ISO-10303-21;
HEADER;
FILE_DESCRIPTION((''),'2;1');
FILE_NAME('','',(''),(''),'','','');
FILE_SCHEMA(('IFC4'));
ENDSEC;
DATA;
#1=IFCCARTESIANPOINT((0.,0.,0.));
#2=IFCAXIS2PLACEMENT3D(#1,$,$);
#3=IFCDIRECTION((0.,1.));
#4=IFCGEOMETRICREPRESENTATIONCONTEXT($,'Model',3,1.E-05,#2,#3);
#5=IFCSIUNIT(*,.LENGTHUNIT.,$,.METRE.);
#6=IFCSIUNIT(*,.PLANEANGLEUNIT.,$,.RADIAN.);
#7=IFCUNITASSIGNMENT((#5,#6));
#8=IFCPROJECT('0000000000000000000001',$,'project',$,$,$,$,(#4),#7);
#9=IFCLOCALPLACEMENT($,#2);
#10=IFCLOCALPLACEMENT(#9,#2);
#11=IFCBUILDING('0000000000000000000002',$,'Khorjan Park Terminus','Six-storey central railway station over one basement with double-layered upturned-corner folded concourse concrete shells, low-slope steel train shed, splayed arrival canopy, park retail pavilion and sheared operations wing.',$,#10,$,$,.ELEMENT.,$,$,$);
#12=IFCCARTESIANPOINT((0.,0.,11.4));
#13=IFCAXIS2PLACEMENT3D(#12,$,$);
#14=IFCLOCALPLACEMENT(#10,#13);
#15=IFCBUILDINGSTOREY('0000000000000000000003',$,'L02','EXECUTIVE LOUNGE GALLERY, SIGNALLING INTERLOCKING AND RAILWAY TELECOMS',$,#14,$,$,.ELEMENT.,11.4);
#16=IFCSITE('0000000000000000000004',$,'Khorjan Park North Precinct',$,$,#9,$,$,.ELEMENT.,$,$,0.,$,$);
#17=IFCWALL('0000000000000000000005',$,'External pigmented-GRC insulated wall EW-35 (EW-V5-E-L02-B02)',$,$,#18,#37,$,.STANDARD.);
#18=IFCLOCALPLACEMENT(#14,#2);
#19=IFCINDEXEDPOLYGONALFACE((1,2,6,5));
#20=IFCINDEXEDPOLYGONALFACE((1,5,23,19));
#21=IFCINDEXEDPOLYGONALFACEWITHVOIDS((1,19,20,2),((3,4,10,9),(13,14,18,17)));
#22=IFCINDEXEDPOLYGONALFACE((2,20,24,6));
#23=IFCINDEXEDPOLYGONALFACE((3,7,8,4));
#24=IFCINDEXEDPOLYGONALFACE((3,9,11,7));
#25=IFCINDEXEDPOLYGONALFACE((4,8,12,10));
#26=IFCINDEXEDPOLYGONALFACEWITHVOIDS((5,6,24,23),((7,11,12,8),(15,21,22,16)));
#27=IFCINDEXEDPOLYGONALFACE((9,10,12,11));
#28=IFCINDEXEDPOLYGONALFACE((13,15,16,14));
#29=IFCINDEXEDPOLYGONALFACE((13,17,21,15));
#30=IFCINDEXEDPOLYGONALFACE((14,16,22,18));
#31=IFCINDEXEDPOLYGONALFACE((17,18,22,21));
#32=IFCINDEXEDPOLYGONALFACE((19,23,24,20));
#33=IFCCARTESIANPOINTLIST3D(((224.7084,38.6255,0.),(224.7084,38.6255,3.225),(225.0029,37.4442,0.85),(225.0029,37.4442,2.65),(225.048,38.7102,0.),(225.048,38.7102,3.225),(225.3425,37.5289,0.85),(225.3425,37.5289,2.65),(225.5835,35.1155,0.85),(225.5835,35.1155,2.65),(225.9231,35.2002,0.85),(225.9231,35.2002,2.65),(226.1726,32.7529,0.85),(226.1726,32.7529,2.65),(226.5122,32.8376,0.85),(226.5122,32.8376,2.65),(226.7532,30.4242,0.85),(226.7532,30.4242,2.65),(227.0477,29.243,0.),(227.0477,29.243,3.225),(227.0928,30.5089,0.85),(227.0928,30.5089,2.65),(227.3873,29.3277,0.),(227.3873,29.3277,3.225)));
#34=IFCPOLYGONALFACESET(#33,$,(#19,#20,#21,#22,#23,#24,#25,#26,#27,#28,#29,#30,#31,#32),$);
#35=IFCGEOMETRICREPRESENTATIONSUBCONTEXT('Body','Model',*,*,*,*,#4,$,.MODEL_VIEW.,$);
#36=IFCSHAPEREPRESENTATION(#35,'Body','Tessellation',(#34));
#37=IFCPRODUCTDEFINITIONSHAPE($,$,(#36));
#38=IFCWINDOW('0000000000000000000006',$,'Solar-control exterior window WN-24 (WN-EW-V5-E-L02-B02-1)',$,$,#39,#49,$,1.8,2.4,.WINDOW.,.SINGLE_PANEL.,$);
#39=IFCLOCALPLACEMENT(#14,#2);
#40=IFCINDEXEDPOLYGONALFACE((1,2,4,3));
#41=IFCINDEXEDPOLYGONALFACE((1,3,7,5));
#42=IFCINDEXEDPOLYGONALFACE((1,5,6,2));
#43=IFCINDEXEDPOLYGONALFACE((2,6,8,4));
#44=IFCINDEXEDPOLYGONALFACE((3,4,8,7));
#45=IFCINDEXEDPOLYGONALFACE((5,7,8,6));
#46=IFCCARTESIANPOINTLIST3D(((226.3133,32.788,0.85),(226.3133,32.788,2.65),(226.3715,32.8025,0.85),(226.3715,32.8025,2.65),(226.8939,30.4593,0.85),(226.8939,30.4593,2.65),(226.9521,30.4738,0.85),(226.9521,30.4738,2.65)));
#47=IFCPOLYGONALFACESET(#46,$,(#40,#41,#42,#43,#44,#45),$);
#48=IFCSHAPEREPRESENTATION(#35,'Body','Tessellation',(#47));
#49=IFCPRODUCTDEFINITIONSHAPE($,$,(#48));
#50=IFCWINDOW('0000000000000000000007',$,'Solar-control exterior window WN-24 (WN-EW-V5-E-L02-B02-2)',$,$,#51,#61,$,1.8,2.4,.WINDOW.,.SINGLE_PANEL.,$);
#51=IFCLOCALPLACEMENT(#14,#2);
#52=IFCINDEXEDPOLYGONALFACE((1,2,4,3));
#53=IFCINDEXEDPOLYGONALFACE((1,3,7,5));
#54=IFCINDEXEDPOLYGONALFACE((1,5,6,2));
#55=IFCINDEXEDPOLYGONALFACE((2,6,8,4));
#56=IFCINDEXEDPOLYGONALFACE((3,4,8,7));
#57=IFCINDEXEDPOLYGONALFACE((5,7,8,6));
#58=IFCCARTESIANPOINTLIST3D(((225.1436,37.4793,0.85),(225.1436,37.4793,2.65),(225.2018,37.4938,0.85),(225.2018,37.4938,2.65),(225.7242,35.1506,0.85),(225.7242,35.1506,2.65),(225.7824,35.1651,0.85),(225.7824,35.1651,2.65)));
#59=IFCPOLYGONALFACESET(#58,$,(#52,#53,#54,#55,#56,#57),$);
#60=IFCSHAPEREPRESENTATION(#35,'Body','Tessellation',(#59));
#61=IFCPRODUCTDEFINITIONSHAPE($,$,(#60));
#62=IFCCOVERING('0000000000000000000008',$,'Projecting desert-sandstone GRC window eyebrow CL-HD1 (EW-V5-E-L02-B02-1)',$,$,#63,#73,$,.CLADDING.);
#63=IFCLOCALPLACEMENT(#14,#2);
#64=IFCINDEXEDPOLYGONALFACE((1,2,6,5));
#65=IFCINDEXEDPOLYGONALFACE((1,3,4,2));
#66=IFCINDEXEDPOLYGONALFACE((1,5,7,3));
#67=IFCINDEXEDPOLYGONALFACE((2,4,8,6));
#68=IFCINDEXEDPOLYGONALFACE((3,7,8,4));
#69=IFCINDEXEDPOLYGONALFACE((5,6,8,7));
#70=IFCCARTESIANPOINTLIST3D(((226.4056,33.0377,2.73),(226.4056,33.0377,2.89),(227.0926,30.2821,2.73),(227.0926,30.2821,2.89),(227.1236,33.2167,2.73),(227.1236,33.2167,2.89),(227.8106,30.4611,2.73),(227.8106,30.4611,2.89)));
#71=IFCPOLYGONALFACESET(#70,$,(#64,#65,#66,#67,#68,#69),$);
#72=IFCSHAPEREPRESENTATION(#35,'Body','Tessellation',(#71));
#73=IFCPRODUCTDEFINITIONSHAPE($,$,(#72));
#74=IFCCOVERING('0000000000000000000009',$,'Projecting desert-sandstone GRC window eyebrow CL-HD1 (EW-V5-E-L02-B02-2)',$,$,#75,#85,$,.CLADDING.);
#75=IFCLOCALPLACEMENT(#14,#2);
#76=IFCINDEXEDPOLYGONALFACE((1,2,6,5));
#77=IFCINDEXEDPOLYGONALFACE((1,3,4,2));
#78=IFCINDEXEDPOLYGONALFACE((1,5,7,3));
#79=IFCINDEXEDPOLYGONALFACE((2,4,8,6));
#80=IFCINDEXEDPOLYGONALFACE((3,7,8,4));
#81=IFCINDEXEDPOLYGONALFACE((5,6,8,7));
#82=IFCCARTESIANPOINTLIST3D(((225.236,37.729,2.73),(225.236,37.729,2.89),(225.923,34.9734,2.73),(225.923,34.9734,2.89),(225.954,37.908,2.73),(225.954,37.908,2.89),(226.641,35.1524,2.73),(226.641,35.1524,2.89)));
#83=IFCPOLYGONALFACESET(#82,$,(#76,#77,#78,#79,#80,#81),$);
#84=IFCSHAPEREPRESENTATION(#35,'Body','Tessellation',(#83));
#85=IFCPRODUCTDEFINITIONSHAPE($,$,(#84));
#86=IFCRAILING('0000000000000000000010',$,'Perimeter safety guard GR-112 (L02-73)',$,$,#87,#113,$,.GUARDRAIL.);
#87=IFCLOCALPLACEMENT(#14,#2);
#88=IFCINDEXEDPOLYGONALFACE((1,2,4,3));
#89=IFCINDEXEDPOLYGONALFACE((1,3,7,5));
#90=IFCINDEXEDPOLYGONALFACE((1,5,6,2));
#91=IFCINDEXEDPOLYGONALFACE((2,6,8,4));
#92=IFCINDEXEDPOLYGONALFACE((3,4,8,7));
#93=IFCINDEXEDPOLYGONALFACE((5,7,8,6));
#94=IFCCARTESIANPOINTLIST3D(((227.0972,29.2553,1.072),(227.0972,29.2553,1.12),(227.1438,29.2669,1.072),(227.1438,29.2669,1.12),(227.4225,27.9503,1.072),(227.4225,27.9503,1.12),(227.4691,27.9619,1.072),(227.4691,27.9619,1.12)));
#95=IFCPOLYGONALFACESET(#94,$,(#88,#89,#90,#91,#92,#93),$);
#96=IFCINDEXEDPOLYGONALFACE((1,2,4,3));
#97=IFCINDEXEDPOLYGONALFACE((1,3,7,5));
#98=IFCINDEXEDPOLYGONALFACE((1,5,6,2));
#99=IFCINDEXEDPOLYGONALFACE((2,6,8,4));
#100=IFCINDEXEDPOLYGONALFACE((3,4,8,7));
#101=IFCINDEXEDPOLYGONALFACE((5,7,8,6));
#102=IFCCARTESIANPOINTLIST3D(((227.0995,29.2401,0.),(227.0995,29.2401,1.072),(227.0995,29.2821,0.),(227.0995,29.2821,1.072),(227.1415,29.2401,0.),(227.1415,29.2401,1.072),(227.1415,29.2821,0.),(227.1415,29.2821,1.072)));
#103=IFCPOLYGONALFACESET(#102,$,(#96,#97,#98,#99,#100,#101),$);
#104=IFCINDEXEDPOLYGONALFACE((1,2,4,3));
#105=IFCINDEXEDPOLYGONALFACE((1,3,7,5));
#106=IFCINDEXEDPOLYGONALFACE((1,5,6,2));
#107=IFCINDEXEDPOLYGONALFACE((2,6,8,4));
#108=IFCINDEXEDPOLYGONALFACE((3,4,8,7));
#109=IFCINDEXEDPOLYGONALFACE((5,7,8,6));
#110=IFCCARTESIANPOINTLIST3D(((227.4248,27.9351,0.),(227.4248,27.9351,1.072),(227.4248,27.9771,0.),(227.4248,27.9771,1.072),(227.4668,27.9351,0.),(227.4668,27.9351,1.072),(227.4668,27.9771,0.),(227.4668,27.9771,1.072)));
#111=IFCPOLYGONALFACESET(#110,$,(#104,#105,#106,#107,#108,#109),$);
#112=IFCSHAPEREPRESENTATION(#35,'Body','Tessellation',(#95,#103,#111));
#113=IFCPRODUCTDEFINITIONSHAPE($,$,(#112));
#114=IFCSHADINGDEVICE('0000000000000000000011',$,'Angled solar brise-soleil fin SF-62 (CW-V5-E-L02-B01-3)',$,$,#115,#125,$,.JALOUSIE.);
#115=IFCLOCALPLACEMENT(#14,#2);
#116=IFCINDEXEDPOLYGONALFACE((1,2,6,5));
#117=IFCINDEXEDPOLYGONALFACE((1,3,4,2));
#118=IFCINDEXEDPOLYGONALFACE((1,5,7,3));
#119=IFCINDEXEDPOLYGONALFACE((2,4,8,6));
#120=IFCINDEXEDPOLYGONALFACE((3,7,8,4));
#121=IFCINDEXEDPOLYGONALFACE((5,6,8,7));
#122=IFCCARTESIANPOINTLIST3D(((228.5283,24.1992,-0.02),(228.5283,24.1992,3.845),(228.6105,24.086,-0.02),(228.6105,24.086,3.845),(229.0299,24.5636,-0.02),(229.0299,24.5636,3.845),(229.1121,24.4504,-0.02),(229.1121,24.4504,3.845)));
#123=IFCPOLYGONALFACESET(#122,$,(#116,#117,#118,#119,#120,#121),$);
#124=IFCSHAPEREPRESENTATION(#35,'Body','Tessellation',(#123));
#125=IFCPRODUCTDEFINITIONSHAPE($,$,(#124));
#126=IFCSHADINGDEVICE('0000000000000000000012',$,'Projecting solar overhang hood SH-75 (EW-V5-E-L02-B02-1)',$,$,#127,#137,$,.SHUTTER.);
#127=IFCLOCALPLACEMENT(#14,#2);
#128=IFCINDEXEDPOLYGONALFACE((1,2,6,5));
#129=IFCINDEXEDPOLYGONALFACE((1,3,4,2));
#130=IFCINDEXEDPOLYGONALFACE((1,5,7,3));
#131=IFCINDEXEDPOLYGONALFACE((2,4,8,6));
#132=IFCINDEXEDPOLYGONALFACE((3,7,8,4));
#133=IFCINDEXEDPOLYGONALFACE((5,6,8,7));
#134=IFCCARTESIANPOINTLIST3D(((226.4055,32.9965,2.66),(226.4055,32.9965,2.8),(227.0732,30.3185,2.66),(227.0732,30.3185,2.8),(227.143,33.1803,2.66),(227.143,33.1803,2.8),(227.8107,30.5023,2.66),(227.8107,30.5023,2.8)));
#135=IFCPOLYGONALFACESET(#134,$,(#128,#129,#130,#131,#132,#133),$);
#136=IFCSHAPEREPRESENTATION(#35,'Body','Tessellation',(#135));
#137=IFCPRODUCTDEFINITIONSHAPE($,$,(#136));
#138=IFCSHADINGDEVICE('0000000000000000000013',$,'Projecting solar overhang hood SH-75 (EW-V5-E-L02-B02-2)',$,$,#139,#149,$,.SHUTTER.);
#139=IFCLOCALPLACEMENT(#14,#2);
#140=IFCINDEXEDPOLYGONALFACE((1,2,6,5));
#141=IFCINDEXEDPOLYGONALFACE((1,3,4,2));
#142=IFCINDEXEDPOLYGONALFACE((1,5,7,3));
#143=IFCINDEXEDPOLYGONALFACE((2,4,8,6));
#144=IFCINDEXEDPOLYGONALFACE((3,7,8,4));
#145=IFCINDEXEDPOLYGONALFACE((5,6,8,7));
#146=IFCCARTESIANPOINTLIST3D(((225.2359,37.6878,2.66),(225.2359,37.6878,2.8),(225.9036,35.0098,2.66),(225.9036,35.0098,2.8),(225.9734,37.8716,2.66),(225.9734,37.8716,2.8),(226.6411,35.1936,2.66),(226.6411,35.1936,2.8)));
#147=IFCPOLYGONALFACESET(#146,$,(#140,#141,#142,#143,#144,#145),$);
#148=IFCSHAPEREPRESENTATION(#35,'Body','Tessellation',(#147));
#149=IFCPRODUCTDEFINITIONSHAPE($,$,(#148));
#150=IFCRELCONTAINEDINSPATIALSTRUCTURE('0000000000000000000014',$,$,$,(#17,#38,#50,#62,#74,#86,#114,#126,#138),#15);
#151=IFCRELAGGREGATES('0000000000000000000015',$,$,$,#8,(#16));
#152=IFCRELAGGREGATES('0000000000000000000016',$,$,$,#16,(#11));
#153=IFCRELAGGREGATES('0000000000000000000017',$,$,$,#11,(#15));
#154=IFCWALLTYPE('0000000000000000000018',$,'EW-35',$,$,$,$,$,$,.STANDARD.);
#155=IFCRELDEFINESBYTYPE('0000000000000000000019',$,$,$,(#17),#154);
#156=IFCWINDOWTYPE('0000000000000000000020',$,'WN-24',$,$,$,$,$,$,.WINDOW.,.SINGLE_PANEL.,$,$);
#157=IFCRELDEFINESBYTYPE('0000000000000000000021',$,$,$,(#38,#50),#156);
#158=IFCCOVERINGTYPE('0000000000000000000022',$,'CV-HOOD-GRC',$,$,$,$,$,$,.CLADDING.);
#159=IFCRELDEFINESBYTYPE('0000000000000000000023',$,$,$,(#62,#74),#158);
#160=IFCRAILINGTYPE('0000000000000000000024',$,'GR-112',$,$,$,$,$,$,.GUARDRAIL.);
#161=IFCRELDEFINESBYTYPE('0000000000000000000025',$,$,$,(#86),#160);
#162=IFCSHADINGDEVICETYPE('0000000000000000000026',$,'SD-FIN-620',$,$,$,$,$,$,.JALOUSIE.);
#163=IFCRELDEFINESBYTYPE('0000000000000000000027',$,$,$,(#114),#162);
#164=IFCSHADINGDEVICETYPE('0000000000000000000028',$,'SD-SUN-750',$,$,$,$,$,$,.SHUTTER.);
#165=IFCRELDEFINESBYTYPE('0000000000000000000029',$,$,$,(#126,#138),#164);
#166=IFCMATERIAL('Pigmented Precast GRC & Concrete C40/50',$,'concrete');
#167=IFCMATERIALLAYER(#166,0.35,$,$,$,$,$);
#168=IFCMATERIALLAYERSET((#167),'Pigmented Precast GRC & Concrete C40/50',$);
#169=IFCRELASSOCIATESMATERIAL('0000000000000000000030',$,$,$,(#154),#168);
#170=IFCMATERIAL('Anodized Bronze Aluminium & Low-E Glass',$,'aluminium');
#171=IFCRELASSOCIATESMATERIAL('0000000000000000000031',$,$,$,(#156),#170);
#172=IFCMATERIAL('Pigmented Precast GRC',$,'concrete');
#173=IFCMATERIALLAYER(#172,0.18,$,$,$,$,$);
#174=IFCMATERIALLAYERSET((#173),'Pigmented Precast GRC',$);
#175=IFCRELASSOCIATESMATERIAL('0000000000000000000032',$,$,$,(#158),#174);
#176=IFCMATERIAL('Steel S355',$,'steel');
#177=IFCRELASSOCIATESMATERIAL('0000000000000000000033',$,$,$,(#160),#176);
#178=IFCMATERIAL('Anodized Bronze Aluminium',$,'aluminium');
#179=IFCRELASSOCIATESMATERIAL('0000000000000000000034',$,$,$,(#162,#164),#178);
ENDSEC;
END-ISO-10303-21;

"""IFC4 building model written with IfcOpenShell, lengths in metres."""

from ifc_helpers import new_model, si_unit, direction, frame, frame_2d, origin, origin_2d, place, context, subcontext, project, spatial, rectangle, extrude, material, layer, layer_set, type_object, element, fill, save


model = new_model("IFC4")

# Units and contexts
model_context = context("Model", 3, precision=1e-05, world=origin(), true_north=direction((0.0, 1.0)))
body_context = subcontext(model_context, "Body", "Model", "MODEL_VIEW")
ifc_project = project(units=[si_unit("LENGTHUNIT", "METRE"), si_unit("PLANEANGLEUNIT", "RADIAN")], contexts=[model_context])

# Site, building, storey
site_placement = place(None, origin())
site = spatial("IfcSite", under=ifc_project, at=site_placement, Name="Khorjan Park North Precinct", CompositionType="ELEMENT", RefElevation=0.0)
building_placement = place(site_placement, origin())
building = spatial("IfcBuilding", under=site, at=building_placement, Name="Khorjan Park Terminus", Description="Six-storey central railway station over one basement with double-layered upturned-corner folded concourse concrete shells, low-slope steel train shed, splayed arrival canopy, park retail pavilion and sheared operations wing.", CompositionType="ELEMENT")
storey_placement = place(building_placement, frame((0.0, 0.0, 11.4)))
storey = spatial("IfcBuildingStorey", under=building, at=storey_placement, Name="L02", Description="EXECUTIVE LOUNGE GALLERY, SIGNALLING INTERLOCKING AND RAILWAY TELECOMS", CompositionType="ELEMENT", Elevation=11.4)

# Shared definitions
ifc_material_1 = material(Name="Anodized Bronze Aluminium", Category="aluminium")

# Wall, openings, windows
ifc_material_2 = material(Name="Pigmented Precast GRC & Concrete C40/50", Category="concrete")
ifc_layer_1 = layer(ifc_material_2, 0.35)
ifc_layer_set_1 = layer_set([ifc_layer_1], Name="Pigmented Precast GRC & Concrete C40/50")
wall_type = type_object("IfcWallType", Name="EW-35", PredefinedType="STANDARD", material=ifc_layer_set_1)
wall_placement = place(storey_placement, frame((227.2175, 29.2853, 0.0), z_axis=(0.0, 0.0, 1.0), x_axis=(-0.24192, 0.970296, 0.0)))
wall = element("IfcWall", 1, at=wall_placement, inside=storey, type_object=wall_type, Name="External pigmented-GRC insulated wall EW-35 (EW-V5-E-L02-B02)", PredefinedType="STANDARD", context=body_context, shape_type="SweptSolid", body=[
    extrude(rectangle(XDim=9.6697, YDim=0.35, at=frame_2d((4.8349, 0.0))), origin(), (0.0, 0.0, 1.0), 3.225),
])
opening_1_placement = place(wall_placement, frame((1.2174, 0.0, 0.85)))
opening_1 = element("IfcOpeningElement", 2, at=opening_1_placement, cuts=wall, PredefinedType="OPENING", context=body_context, shape_type="SweptSolid", body=[
    extrude(rectangle(XDim=2.4, YDim=1.8, at=frame_2d((1.2, 0.9))), frame((0.0, 0.185, 0.0), z_axis=(0.0, -1.0, 0.0), x_axis=(1.0, 0.0, 0.0)), (0.0, 0.0, 1.0), 0.37),
])
opening_2_placement = place(wall_placement, frame((6.0523, 0.0, 0.85)))
opening_2 = element("IfcOpeningElement", 3, at=opening_2_placement, cuts=wall, PredefinedType="OPENING", context=body_context, shape_type="SweptSolid", body=[
    extrude(rectangle(XDim=2.4, YDim=1.8, at=frame_2d((1.2, 0.9))), frame((0.0, 0.185, 0.0), z_axis=(0.0, -1.0, 0.0), x_axis=(1.0, 0.0, 0.0)), (0.0, 0.0, 1.0), 0.37),
])
ifc_material_3 = material(Name="Anodized Bronze Aluminium & Low-E Glass", Category="aluminium")
window_type = type_object("IfcWindowType", Name="WN-24", PartitioningType="SINGLE_PANEL", PredefinedType="WINDOW", material=ifc_material_3)
window_1_placement = place(opening_1_placement, origin())
window_1 = element("IfcWindow", 4, at=window_1_placement, inside=storey, type_object=window_type, Name="Solar-control exterior window WN-24 (WN-EW-V5-E-L02-B02-1)", OverallHeight=1.8, OverallWidth=2.4, PartitioningType="SINGLE_PANEL", PredefinedType="WINDOW", context=body_context, shape_type="SweptSolid", body=[
    extrude(rectangle(XDim=2.4, YDim=1.8, at=frame_2d((1.2, 0.9))), frame((0.0, 0.03, 0.0), z_axis=(0.0, -1.0, 0.0), x_axis=(1.0, 0.0, 0.0)), (0.0, 0.0, 1.0), 0.06),
])
fill(opening_1, window_1)
window_2_placement = place(opening_2_placement, origin())
window_2 = element("IfcWindow", 5, at=window_2_placement, inside=storey, type_object=window_type, Name="Solar-control exterior window WN-24 (WN-EW-V5-E-L02-B02-2)", OverallHeight=1.8, OverallWidth=2.4, PartitioningType="SINGLE_PANEL", PredefinedType="WINDOW", context=body_context, shape_type="SweptSolid", body=[
    extrude(rectangle(XDim=2.4, YDim=1.8, at=frame_2d((1.2, 0.9))), frame((0.0, 0.03, 0.0), z_axis=(0.0, -1.0, 0.0), x_axis=(1.0, 0.0, 0.0)), (0.0, 0.0, 1.0), 0.06),
])
fill(opening_2, window_2)

# Coverings
ifc_material_4 = material(Name="Pigmented Precast GRC", Category="concrete")
ifc_layer_2 = layer(ifc_material_4, 0.18)
ifc_layer_set_2 = layer_set([ifc_layer_2], Name="Pigmented Precast GRC")
covering_type = type_object("IfcCoveringType", Name="CV-HOOD-GRC", PredefinedType="CLADDING", material=ifc_layer_set_2)
for number, where, z_axis, x_axis, name in (
    (6, (227.1081, 31.7494, 2.73), (0.0, 0.0, 1.0), (-0.24192, 0.970296, 0.0), "Projecting desert-sandstone GRC window eyebrow CL-HD1 (EW-V5-E-L02-B02-1)"),
    (7, (225.9385, 36.4407, 2.73), (0.0, 0.0, 1.0), (-0.24192, 0.970296, 0.0), "Projecting desert-sandstone GRC window eyebrow CL-HD1 (EW-V5-E-L02-B02-2)"),
):
    element("IfcCovering", number, at=place(storey_placement, frame(where, z_axis=z_axis, x_axis=x_axis)), inside=storey, type_object=covering_type, Name=name, PredefinedType="CLADDING", context=body_context, shape_type="SweptSolid", body=[
        extrude(rectangle(XDim=2.84, YDim=0.74, at=origin_2d()), origin(), (0.0, 0.0, 1.0), 0.16),
    ])

# Railing
ifc_material_5 = material(Name="Steel S355", Category="steel")
railing_type = type_object("IfcRailingType", Name="GR-112", PredefinedType="GUARDRAIL", material=ifc_material_5)
railing_placement = place(storey_placement, frame((227.1205, 29.2611, 0.0)))
element("IfcRailing", 8, at=railing_placement, inside=storey, type_object=railing_type, Name="Perimeter safety guard GR-112 (L02-73)", PredefinedType="GUARDRAIL", context=body_context, shape_type="SweptSolid", body=[
    extrude(rectangle(XDim=0.048, YDim=0.048, at=origin_2d()), frame((0.0, 0.0, 1.096), z_axis=(0.241871, -0.970308, 0.0), x_axis=(0.970308, 0.241871, 0.0)), (0.0, 0.0, 1.0), 1.3449),
    extrude(rectangle(XDim=0.042, YDim=0.042, at=origin_2d()), origin(), (0.0, 0.0, 1.0), 1.072),
    extrude(rectangle(XDim=0.042, YDim=0.042, at=origin_2d()), frame((0.3253, -1.305, 0.0)), (0.0, 0.0, 1.0), 1.072),
])

# Shading devices
shading_device_type_1 = type_object("IfcShadingDeviceType", Name="SD-FIN-620", PredefinedType="JALOUSIE", material=ifc_material_1)
shading_device_placement = place(storey_placement, frame((228.8202, 24.3248, -0.02), z_axis=(0.0, 0.0, 1.0), x_axis=(-0.809017, -0.587785, 0.0)))
element("IfcShadingDevice", 9, at=shading_device_placement, inside=storey, type_object=shading_device_type_1, Name="Angled solar brise-soleil fin SF-62 (CW-V5-E-L02-B01-3)", PredefinedType="JALOUSIE", context=body_context, shape_type="SweptSolid", body=[
    extrude(rectangle(XDim=0.62, YDim=0.14, at=origin_2d()), origin(), (0.0, 0.0, 1.0), 3.865),
])
shading_device_type_2 = type_object("IfcShadingDeviceType", Name="SD-SUN-750", PredefinedType="SHUTTER", material=ifc_material_1)
for number, where, z_axis, x_axis, name in (
    (10, (227.1081, 31.7494, 2.66), (0.0, 0.0, 1.0), (-0.24192, 0.970296, 0.0), "Projecting solar overhang hood SH-75 (EW-V5-E-L02-B02-1)"),
    (11, (225.9385, 36.4407, 2.66), (0.0, 0.0, 1.0), (-0.24192, 0.970296, 0.0), "Projecting solar overhang hood SH-75 (EW-V5-E-L02-B02-2)"),
):
    element("IfcShadingDevice", number, at=place(storey_placement, frame(where, z_axis=z_axis, x_axis=x_axis)), inside=storey, type_object=shading_device_type_2, Name=name, PredefinedType="SHUTTER", context=body_context, shape_type="SweptSolid", body=[
        extrude(rectangle(XDim=2.76, YDim=0.76, at=origin_2d()), origin(), (0.0, 0.0, 1.0), 0.14),
    ])

save(model, "model.ifc")
